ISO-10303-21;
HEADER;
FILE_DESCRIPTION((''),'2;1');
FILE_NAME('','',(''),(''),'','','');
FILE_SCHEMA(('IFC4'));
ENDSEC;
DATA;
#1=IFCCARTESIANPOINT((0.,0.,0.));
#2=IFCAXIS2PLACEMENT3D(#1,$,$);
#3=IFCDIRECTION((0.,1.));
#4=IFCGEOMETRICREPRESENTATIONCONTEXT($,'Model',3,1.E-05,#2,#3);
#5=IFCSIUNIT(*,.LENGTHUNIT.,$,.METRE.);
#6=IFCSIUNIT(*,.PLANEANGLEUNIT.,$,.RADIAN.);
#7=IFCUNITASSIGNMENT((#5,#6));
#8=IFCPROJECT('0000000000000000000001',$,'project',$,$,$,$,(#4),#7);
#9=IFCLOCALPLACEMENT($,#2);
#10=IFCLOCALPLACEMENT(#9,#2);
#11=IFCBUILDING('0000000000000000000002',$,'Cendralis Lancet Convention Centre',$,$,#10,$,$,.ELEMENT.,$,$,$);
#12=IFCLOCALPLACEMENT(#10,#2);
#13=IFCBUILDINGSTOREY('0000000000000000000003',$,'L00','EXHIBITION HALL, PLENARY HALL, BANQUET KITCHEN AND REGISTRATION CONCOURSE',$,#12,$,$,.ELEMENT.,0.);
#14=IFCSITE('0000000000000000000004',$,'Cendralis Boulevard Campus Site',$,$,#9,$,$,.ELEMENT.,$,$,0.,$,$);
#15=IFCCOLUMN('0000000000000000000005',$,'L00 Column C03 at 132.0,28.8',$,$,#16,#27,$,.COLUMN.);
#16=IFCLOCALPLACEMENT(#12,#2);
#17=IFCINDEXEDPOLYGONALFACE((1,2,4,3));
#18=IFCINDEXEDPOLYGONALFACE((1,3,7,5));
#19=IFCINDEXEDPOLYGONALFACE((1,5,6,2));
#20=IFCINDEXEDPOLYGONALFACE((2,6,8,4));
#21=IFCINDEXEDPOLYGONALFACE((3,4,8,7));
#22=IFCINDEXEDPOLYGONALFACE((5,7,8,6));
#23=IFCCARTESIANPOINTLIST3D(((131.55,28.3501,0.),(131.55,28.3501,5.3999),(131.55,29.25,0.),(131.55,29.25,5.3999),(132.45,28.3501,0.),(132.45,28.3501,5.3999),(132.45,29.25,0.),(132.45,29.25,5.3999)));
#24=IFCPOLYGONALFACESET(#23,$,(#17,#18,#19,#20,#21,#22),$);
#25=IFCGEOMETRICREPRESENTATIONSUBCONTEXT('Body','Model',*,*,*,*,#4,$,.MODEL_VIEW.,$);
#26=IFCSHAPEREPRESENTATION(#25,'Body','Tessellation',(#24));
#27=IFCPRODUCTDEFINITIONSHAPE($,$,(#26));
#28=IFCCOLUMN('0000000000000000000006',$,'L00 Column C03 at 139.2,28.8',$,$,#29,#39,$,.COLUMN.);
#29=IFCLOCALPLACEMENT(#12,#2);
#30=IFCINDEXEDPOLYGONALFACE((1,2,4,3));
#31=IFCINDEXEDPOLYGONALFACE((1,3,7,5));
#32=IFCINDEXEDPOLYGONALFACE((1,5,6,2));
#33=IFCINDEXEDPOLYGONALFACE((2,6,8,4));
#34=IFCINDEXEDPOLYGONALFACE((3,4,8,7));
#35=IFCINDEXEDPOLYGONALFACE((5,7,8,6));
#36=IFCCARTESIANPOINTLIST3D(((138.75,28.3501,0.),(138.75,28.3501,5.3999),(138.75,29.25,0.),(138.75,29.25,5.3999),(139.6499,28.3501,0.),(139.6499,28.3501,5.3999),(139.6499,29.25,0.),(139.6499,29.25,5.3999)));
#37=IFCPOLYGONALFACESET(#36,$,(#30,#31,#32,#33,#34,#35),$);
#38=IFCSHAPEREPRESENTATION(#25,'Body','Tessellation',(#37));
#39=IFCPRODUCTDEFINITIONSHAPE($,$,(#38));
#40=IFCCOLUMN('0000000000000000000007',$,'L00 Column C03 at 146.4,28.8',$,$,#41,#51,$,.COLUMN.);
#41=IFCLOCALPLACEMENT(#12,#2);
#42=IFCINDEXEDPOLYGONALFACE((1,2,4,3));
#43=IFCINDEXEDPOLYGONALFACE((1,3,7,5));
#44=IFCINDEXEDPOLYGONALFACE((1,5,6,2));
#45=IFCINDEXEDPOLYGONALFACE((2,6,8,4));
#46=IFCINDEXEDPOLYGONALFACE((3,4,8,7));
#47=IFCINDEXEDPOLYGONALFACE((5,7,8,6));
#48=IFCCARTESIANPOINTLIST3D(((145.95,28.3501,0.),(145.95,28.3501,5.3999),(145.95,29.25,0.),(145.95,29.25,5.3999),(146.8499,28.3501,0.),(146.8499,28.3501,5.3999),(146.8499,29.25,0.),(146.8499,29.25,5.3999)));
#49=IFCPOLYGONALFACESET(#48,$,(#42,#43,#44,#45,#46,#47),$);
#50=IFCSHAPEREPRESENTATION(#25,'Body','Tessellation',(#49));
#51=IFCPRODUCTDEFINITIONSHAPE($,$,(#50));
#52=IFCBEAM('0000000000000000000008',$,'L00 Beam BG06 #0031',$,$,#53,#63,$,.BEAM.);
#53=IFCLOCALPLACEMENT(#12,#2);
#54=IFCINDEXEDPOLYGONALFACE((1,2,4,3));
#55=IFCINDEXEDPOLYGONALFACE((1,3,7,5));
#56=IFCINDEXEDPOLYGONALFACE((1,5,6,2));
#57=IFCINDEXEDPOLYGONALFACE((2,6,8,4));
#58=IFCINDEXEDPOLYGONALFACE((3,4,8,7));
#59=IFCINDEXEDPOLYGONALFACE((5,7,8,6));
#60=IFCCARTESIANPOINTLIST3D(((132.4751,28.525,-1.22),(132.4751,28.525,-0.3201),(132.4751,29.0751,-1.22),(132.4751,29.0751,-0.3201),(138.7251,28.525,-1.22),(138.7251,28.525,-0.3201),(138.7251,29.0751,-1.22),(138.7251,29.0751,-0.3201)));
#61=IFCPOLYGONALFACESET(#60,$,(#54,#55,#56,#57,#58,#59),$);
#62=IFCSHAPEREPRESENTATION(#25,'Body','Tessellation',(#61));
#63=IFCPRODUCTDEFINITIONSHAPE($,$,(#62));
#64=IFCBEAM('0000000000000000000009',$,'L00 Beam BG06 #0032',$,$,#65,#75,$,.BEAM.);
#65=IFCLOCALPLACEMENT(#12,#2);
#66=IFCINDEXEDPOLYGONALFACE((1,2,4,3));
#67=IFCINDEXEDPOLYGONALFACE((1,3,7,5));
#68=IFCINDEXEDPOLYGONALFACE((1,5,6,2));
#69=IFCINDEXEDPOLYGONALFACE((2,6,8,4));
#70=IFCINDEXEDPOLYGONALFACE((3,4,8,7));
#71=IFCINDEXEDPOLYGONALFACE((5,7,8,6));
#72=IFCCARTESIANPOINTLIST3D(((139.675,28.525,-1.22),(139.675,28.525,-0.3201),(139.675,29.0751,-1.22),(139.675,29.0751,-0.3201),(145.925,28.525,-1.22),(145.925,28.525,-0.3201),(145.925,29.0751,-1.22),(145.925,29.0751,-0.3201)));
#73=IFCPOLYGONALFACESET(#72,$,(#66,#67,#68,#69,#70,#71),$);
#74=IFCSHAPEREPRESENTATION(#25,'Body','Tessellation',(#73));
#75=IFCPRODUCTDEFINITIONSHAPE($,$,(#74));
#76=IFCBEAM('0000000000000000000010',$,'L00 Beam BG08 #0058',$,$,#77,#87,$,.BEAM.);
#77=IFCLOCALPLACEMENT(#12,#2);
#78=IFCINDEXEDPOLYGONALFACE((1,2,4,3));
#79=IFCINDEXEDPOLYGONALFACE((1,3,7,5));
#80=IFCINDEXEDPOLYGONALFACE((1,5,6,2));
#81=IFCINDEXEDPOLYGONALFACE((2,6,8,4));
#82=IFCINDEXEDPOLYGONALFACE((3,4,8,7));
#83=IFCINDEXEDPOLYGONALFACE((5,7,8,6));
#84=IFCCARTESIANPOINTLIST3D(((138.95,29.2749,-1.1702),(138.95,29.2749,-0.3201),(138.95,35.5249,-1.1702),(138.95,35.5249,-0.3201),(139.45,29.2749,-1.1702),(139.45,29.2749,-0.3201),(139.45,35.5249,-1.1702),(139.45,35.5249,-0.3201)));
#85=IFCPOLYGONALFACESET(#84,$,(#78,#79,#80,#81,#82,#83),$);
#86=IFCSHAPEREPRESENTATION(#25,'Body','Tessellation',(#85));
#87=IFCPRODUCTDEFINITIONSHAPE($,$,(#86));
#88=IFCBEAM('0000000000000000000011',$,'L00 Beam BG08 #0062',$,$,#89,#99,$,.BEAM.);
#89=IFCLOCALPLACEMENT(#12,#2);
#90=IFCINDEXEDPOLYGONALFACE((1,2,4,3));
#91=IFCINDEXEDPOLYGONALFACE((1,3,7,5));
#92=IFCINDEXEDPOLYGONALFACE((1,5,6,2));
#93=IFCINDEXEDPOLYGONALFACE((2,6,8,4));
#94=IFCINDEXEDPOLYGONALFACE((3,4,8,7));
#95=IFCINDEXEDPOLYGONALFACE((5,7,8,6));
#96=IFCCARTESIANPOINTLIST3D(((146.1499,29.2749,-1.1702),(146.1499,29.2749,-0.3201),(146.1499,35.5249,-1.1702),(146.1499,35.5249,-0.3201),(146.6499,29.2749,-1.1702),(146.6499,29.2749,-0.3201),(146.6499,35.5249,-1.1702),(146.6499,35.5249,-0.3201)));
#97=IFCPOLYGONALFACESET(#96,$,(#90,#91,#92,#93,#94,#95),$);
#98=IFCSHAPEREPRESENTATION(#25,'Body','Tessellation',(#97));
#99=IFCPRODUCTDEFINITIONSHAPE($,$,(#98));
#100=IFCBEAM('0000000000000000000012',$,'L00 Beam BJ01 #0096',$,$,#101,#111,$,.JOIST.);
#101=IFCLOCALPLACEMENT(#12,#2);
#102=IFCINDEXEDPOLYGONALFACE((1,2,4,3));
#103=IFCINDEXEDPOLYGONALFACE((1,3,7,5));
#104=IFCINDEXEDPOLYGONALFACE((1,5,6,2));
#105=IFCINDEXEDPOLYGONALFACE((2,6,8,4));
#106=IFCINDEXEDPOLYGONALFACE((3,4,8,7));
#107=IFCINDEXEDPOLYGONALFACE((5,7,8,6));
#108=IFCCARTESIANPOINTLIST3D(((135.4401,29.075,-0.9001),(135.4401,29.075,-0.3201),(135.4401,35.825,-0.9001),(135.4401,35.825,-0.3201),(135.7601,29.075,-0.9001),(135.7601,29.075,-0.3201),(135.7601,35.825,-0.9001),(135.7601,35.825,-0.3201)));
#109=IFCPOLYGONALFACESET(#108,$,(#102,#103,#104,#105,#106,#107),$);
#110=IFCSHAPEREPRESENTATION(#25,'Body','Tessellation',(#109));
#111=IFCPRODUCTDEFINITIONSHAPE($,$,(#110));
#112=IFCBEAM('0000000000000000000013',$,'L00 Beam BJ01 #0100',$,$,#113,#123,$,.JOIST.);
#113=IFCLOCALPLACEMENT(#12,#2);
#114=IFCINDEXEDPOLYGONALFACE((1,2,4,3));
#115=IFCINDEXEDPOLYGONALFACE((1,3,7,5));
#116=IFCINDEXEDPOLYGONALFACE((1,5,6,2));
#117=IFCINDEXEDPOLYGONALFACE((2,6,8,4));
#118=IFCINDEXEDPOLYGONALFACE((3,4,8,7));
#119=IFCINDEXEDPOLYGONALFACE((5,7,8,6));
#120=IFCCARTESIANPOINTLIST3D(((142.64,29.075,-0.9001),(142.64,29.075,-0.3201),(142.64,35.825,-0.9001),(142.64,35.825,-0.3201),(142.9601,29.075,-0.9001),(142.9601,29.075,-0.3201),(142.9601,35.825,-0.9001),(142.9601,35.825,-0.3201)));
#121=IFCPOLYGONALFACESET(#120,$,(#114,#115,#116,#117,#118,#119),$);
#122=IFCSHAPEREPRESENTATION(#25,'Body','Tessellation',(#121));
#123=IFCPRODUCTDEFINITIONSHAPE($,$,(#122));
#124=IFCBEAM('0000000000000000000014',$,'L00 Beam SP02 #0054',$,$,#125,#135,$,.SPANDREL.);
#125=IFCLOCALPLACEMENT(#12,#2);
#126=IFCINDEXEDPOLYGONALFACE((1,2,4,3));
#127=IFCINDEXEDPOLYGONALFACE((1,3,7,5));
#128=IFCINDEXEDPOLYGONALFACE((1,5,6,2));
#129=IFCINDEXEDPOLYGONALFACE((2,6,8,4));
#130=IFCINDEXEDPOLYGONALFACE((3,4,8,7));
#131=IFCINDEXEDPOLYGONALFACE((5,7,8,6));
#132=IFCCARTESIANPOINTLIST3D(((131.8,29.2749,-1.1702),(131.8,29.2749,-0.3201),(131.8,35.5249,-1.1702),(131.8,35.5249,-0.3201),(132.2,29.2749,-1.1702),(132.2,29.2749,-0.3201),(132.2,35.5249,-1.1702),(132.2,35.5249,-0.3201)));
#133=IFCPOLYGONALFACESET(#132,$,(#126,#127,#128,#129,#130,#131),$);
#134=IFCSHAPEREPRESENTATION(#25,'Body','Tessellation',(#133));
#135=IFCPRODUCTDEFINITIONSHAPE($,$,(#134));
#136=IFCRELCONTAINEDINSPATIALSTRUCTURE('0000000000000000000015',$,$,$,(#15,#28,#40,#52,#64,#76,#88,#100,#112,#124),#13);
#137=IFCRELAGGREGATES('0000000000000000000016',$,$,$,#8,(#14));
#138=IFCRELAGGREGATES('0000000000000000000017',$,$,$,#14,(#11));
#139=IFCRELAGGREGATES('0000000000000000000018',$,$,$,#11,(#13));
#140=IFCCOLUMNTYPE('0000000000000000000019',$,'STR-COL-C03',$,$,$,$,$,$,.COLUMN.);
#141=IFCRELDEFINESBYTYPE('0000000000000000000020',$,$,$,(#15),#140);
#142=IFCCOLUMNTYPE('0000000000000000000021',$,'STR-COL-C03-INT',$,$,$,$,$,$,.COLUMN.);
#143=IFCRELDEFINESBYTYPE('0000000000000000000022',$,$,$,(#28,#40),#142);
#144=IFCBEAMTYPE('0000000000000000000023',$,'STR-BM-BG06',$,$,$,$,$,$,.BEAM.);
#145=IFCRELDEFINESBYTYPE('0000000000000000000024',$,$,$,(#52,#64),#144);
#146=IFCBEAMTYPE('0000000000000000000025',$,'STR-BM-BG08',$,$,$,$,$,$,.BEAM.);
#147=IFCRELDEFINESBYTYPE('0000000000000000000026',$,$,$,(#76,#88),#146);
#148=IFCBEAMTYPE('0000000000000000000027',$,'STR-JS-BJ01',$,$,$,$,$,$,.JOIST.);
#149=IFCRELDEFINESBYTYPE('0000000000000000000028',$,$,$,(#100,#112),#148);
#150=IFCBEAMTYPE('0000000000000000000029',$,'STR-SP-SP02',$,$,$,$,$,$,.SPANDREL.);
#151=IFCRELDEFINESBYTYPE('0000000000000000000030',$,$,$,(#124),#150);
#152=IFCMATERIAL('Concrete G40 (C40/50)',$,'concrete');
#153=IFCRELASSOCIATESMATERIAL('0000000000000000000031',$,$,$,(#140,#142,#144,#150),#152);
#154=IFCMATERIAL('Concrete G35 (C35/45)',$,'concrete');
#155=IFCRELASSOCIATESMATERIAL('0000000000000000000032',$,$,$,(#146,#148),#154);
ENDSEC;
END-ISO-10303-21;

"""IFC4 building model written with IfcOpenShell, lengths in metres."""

from ifc_helpers import new_model, si_unit, direction, frame, origin, origin_2d, place, context, subcontext, project, spatial, rectangle, extrude, material, material_profile, profile_set, type_object, element, save


model = new_model("IFC4")

# Units and contexts
model_context = context("Model", 3, precision=1e-05, world=origin(), true_north=direction((0.0, 1.0)))
body_context = subcontext(model_context, "Body", "Model", "MODEL_VIEW")
ifc_project = project(units=[si_unit("LENGTHUNIT", "METRE"), si_unit("PLANEANGLEUNIT", "RADIAN")], contexts=[model_context])

# Site, building, storey
site_placement = place(None, origin())
site = spatial("IfcSite", under=ifc_project, at=site_placement, Name="Cendralis Boulevard Campus Site", CompositionType="ELEMENT", RefElevation=0.0)
building_placement = place(site_placement, origin())
building = spatial("IfcBuilding", under=site, at=building_placement, Name="Cendralis Lancet Convention Centre", CompositionType="ELEMENT")
storey_placement = place(building_placement, origin())
storey = spatial("IfcBuildingStorey", under=building, at=storey_placement, Name="L00", Description="EXHIBITION HALL, PLENARY HALL, BANQUET KITCHEN AND REGISTRATION CONCOURSE", CompositionType="ELEMENT", Elevation=0.0)

# Columns
ifc_material_1 = material(Name="Concrete G40 (C40/50)", Category="concrete")
ifc_material_profile_1 = material_profile(ifc_material_1, rectangle(XDim=0.8999, YDim=0.8999, at=origin_2d()), Name="RC 900x900")
ifc_profile_set_1 = profile_set([ifc_material_profile_1], Name="Concrete G40 (C40/50)")
column_type_1 = type_object("IfcColumnType", Name="STR-COL-C03", PredefinedType="COLUMN", material=ifc_profile_set_1)
column_placement = place(storey_placement, frame((132.0, 28.8, 0.0), z_axis=(0.0, 0.0, 1.0), x_axis=(1.0, 0.0, 0.0)))
element("IfcColumn", 1, at=column_placement, inside=storey, type_object=column_type_1, Name="L00 Column C03 at 132.0,28.8", PredefinedType="COLUMN", context=body_context, shape_type="SweptSolid", body=[
    extrude(rectangle(XDim=0.8999, YDim=0.8999, at=origin_2d()), origin(), (0.0, 0.0, 1.0), 5.3999),
])
ifc_material_profile_2 = material_profile(ifc_material_1, rectangle(XDim=0.8999, YDim=0.8999, at=origin_2d()), Name="RC 900x900")
ifc_profile_set_2 = profile_set([ifc_material_profile_2], Name="Concrete G40 (C40/50)")
column_type_2 = type_object("IfcColumnType", Name="STR-COL-C03-INT", PredefinedType="COLUMN", material=ifc_profile_set_2)
for number, where, z_axis, x_axis, name in (
    (2, (139.2, 28.8, 0.0), (0.0, 0.0, 1.0), (1.0, 0.0, 0.0), "L00 Column C03 at 139.2,28.8"),
    (3, (146.3999, 28.8, 0.0), (0.0, 0.0, 1.0), (1.0, 0.0, 0.0), "L00 Column C03 at 146.4,28.8"),
):
    element("IfcColumn", number, at=place(storey_placement, frame(where, z_axis=z_axis, x_axis=x_axis)), inside=storey, type_object=column_type_2, Name=name, PredefinedType="COLUMN", context=body_context, shape_type="SweptSolid", body=[
        extrude(rectangle(XDim=0.8999, YDim=0.8999, at=origin_2d()), origin(), (0.0, 0.0, 1.0), 5.3999),
    ])

# Beams
ifc_material_profile_3 = material_profile(ifc_material_1, rectangle(XDim=0.55, YDim=0.8999, at=origin_2d()), Name="RCB 550x900")
ifc_profile_set_3 = profile_set([ifc_material_profile_3], Name="Concrete G40 (C40/50)")
beam_type_1 = type_object("IfcBeamType", Name="STR-BM-BG06", PredefinedType="BEAM", material=ifc_profile_set_3)
for number, where, z_axis, x_axis, name in (
    (4, (132.4751, 28.8, -0.77), (1.0, 0.0, 0.0), (0.0, 1.0, 0.0), "L00 Beam BG06 #0031"),
    (5, (139.675, 28.8, -0.77), (1.0, 0.0, 0.0), (0.0, 1.0, 0.0), "L00 Beam BG06 #0032"),
):
    element("IfcBeam", number, at=place(storey_placement, frame(where, z_axis=z_axis, x_axis=x_axis)), inside=storey, type_object=beam_type_1, Name=name, PredefinedType="BEAM", context=body_context, shape_type="SweptSolid", body=[
        extrude(rectangle(XDim=0.55, YDim=0.8999, at=origin_2d()), origin(), (0.0, 0.0, 1.0), 6.25),
    ])
ifc_material_2 = material(Name="Concrete G35 (C35/45)", Category="concrete")
ifc_material_profile_4 = material_profile(ifc_material_2, rectangle(XDim=0.5, YDim=0.8501, at=origin_2d()), Name="RCB 500x850")
ifc_profile_set_4 = profile_set([ifc_material_profile_4], Name="Concrete G35 (C35/45)")
beam_type_2 = type_object("IfcBeamType", Name="STR-BM-BG08", PredefinedType="BEAM", material=ifc_profile_set_4)
for number, where, z_axis, x_axis, name in (
    (6, (139.2, 29.2749, -0.7451), (0.0, 1.0, 0.0), (-1.0, 0.0, 0.0), "L00 Beam BG08 #0058"),
    (7, (146.3999, 29.2749, -0.7451), (0.0, 1.0, 0.0), (-1.0, 0.0, 0.0), "L00 Beam BG08 #0062"),
):
    element("IfcBeam", number, at=place(storey_placement, frame(where, z_axis=z_axis, x_axis=x_axis)), inside=storey, type_object=beam_type_2, Name=name, PredefinedType="BEAM", context=body_context, shape_type="SweptSolid", body=[
        extrude(rectangle(XDim=0.5, YDim=0.8501, at=origin_2d()), origin(), (0.0, 0.0, 1.0), 6.25),
    ])
ifc_material_profile_5 = material_profile(ifc_material_2, rectangle(XDim=0.3201, YDim=0.5801, at=origin_2d()), Name="RCB 320x580")
ifc_profile_set_5 = profile_set([ifc_material_profile_5], Name="Concrete G35 (C35/45)")
beam_type_3 = type_object("IfcBeamType", Name="STR-JS-BJ01", PredefinedType="JOIST", material=ifc_profile_set_5)
for number, where, z_axis, x_axis, name in (
    (8, (135.6001, 29.075, -0.6101), (0.0, 1.0, 0.0), (-1.0, 0.0, 0.0), "L00 Beam BJ01 #0096"),
    (9, (142.8, 29.075, -0.6101), (0.0, 1.0, 0.0), (-1.0, 0.0, 0.0), "L00 Beam BJ01 #0100"),
):
    element("IfcBeam", number, at=place(storey_placement, frame(where, z_axis=z_axis, x_axis=x_axis)), inside=storey, type_object=beam_type_3, Name=name, PredefinedType="JOIST", context=body_context, shape_type="SweptSolid", body=[
        extrude(rectangle(XDim=0.3201, YDim=0.5801, at=origin_2d()), origin(), (0.0, 0.0, 1.0), 6.75),
    ])
ifc_material_profile_6 = material_profile(ifc_material_1, rectangle(XDim=0.3999, YDim=0.8501, at=origin_2d()), Name="RCB 400x850")
ifc_profile_set_6 = profile_set([ifc_material_profile_6], Name="Concrete G40 (C40/50)")
beam_type_4 = type_object("IfcBeamType", Name="STR-SP-SP02", PredefinedType="SPANDREL", material=ifc_profile_set_6)
beam_placement = place(storey_placement, frame((132.0, 29.2749, -0.7451), z_axis=(0.0, 1.0, 0.0), x_axis=(-1.0, 0.0, 0.0)))
element("IfcBeam", 10, at=beam_placement, inside=storey, type_object=beam_type_4, Name="L00 Beam SP02 #0054", PredefinedType="SPANDREL", context=body_context, shape_type="SweptSolid", body=[
    extrude(rectangle(XDim=0.3999, YDim=0.8501, at=origin_2d()), origin(), (0.0, 0.0, 1.0), 6.25),
])

save(model, "model.ifc")
